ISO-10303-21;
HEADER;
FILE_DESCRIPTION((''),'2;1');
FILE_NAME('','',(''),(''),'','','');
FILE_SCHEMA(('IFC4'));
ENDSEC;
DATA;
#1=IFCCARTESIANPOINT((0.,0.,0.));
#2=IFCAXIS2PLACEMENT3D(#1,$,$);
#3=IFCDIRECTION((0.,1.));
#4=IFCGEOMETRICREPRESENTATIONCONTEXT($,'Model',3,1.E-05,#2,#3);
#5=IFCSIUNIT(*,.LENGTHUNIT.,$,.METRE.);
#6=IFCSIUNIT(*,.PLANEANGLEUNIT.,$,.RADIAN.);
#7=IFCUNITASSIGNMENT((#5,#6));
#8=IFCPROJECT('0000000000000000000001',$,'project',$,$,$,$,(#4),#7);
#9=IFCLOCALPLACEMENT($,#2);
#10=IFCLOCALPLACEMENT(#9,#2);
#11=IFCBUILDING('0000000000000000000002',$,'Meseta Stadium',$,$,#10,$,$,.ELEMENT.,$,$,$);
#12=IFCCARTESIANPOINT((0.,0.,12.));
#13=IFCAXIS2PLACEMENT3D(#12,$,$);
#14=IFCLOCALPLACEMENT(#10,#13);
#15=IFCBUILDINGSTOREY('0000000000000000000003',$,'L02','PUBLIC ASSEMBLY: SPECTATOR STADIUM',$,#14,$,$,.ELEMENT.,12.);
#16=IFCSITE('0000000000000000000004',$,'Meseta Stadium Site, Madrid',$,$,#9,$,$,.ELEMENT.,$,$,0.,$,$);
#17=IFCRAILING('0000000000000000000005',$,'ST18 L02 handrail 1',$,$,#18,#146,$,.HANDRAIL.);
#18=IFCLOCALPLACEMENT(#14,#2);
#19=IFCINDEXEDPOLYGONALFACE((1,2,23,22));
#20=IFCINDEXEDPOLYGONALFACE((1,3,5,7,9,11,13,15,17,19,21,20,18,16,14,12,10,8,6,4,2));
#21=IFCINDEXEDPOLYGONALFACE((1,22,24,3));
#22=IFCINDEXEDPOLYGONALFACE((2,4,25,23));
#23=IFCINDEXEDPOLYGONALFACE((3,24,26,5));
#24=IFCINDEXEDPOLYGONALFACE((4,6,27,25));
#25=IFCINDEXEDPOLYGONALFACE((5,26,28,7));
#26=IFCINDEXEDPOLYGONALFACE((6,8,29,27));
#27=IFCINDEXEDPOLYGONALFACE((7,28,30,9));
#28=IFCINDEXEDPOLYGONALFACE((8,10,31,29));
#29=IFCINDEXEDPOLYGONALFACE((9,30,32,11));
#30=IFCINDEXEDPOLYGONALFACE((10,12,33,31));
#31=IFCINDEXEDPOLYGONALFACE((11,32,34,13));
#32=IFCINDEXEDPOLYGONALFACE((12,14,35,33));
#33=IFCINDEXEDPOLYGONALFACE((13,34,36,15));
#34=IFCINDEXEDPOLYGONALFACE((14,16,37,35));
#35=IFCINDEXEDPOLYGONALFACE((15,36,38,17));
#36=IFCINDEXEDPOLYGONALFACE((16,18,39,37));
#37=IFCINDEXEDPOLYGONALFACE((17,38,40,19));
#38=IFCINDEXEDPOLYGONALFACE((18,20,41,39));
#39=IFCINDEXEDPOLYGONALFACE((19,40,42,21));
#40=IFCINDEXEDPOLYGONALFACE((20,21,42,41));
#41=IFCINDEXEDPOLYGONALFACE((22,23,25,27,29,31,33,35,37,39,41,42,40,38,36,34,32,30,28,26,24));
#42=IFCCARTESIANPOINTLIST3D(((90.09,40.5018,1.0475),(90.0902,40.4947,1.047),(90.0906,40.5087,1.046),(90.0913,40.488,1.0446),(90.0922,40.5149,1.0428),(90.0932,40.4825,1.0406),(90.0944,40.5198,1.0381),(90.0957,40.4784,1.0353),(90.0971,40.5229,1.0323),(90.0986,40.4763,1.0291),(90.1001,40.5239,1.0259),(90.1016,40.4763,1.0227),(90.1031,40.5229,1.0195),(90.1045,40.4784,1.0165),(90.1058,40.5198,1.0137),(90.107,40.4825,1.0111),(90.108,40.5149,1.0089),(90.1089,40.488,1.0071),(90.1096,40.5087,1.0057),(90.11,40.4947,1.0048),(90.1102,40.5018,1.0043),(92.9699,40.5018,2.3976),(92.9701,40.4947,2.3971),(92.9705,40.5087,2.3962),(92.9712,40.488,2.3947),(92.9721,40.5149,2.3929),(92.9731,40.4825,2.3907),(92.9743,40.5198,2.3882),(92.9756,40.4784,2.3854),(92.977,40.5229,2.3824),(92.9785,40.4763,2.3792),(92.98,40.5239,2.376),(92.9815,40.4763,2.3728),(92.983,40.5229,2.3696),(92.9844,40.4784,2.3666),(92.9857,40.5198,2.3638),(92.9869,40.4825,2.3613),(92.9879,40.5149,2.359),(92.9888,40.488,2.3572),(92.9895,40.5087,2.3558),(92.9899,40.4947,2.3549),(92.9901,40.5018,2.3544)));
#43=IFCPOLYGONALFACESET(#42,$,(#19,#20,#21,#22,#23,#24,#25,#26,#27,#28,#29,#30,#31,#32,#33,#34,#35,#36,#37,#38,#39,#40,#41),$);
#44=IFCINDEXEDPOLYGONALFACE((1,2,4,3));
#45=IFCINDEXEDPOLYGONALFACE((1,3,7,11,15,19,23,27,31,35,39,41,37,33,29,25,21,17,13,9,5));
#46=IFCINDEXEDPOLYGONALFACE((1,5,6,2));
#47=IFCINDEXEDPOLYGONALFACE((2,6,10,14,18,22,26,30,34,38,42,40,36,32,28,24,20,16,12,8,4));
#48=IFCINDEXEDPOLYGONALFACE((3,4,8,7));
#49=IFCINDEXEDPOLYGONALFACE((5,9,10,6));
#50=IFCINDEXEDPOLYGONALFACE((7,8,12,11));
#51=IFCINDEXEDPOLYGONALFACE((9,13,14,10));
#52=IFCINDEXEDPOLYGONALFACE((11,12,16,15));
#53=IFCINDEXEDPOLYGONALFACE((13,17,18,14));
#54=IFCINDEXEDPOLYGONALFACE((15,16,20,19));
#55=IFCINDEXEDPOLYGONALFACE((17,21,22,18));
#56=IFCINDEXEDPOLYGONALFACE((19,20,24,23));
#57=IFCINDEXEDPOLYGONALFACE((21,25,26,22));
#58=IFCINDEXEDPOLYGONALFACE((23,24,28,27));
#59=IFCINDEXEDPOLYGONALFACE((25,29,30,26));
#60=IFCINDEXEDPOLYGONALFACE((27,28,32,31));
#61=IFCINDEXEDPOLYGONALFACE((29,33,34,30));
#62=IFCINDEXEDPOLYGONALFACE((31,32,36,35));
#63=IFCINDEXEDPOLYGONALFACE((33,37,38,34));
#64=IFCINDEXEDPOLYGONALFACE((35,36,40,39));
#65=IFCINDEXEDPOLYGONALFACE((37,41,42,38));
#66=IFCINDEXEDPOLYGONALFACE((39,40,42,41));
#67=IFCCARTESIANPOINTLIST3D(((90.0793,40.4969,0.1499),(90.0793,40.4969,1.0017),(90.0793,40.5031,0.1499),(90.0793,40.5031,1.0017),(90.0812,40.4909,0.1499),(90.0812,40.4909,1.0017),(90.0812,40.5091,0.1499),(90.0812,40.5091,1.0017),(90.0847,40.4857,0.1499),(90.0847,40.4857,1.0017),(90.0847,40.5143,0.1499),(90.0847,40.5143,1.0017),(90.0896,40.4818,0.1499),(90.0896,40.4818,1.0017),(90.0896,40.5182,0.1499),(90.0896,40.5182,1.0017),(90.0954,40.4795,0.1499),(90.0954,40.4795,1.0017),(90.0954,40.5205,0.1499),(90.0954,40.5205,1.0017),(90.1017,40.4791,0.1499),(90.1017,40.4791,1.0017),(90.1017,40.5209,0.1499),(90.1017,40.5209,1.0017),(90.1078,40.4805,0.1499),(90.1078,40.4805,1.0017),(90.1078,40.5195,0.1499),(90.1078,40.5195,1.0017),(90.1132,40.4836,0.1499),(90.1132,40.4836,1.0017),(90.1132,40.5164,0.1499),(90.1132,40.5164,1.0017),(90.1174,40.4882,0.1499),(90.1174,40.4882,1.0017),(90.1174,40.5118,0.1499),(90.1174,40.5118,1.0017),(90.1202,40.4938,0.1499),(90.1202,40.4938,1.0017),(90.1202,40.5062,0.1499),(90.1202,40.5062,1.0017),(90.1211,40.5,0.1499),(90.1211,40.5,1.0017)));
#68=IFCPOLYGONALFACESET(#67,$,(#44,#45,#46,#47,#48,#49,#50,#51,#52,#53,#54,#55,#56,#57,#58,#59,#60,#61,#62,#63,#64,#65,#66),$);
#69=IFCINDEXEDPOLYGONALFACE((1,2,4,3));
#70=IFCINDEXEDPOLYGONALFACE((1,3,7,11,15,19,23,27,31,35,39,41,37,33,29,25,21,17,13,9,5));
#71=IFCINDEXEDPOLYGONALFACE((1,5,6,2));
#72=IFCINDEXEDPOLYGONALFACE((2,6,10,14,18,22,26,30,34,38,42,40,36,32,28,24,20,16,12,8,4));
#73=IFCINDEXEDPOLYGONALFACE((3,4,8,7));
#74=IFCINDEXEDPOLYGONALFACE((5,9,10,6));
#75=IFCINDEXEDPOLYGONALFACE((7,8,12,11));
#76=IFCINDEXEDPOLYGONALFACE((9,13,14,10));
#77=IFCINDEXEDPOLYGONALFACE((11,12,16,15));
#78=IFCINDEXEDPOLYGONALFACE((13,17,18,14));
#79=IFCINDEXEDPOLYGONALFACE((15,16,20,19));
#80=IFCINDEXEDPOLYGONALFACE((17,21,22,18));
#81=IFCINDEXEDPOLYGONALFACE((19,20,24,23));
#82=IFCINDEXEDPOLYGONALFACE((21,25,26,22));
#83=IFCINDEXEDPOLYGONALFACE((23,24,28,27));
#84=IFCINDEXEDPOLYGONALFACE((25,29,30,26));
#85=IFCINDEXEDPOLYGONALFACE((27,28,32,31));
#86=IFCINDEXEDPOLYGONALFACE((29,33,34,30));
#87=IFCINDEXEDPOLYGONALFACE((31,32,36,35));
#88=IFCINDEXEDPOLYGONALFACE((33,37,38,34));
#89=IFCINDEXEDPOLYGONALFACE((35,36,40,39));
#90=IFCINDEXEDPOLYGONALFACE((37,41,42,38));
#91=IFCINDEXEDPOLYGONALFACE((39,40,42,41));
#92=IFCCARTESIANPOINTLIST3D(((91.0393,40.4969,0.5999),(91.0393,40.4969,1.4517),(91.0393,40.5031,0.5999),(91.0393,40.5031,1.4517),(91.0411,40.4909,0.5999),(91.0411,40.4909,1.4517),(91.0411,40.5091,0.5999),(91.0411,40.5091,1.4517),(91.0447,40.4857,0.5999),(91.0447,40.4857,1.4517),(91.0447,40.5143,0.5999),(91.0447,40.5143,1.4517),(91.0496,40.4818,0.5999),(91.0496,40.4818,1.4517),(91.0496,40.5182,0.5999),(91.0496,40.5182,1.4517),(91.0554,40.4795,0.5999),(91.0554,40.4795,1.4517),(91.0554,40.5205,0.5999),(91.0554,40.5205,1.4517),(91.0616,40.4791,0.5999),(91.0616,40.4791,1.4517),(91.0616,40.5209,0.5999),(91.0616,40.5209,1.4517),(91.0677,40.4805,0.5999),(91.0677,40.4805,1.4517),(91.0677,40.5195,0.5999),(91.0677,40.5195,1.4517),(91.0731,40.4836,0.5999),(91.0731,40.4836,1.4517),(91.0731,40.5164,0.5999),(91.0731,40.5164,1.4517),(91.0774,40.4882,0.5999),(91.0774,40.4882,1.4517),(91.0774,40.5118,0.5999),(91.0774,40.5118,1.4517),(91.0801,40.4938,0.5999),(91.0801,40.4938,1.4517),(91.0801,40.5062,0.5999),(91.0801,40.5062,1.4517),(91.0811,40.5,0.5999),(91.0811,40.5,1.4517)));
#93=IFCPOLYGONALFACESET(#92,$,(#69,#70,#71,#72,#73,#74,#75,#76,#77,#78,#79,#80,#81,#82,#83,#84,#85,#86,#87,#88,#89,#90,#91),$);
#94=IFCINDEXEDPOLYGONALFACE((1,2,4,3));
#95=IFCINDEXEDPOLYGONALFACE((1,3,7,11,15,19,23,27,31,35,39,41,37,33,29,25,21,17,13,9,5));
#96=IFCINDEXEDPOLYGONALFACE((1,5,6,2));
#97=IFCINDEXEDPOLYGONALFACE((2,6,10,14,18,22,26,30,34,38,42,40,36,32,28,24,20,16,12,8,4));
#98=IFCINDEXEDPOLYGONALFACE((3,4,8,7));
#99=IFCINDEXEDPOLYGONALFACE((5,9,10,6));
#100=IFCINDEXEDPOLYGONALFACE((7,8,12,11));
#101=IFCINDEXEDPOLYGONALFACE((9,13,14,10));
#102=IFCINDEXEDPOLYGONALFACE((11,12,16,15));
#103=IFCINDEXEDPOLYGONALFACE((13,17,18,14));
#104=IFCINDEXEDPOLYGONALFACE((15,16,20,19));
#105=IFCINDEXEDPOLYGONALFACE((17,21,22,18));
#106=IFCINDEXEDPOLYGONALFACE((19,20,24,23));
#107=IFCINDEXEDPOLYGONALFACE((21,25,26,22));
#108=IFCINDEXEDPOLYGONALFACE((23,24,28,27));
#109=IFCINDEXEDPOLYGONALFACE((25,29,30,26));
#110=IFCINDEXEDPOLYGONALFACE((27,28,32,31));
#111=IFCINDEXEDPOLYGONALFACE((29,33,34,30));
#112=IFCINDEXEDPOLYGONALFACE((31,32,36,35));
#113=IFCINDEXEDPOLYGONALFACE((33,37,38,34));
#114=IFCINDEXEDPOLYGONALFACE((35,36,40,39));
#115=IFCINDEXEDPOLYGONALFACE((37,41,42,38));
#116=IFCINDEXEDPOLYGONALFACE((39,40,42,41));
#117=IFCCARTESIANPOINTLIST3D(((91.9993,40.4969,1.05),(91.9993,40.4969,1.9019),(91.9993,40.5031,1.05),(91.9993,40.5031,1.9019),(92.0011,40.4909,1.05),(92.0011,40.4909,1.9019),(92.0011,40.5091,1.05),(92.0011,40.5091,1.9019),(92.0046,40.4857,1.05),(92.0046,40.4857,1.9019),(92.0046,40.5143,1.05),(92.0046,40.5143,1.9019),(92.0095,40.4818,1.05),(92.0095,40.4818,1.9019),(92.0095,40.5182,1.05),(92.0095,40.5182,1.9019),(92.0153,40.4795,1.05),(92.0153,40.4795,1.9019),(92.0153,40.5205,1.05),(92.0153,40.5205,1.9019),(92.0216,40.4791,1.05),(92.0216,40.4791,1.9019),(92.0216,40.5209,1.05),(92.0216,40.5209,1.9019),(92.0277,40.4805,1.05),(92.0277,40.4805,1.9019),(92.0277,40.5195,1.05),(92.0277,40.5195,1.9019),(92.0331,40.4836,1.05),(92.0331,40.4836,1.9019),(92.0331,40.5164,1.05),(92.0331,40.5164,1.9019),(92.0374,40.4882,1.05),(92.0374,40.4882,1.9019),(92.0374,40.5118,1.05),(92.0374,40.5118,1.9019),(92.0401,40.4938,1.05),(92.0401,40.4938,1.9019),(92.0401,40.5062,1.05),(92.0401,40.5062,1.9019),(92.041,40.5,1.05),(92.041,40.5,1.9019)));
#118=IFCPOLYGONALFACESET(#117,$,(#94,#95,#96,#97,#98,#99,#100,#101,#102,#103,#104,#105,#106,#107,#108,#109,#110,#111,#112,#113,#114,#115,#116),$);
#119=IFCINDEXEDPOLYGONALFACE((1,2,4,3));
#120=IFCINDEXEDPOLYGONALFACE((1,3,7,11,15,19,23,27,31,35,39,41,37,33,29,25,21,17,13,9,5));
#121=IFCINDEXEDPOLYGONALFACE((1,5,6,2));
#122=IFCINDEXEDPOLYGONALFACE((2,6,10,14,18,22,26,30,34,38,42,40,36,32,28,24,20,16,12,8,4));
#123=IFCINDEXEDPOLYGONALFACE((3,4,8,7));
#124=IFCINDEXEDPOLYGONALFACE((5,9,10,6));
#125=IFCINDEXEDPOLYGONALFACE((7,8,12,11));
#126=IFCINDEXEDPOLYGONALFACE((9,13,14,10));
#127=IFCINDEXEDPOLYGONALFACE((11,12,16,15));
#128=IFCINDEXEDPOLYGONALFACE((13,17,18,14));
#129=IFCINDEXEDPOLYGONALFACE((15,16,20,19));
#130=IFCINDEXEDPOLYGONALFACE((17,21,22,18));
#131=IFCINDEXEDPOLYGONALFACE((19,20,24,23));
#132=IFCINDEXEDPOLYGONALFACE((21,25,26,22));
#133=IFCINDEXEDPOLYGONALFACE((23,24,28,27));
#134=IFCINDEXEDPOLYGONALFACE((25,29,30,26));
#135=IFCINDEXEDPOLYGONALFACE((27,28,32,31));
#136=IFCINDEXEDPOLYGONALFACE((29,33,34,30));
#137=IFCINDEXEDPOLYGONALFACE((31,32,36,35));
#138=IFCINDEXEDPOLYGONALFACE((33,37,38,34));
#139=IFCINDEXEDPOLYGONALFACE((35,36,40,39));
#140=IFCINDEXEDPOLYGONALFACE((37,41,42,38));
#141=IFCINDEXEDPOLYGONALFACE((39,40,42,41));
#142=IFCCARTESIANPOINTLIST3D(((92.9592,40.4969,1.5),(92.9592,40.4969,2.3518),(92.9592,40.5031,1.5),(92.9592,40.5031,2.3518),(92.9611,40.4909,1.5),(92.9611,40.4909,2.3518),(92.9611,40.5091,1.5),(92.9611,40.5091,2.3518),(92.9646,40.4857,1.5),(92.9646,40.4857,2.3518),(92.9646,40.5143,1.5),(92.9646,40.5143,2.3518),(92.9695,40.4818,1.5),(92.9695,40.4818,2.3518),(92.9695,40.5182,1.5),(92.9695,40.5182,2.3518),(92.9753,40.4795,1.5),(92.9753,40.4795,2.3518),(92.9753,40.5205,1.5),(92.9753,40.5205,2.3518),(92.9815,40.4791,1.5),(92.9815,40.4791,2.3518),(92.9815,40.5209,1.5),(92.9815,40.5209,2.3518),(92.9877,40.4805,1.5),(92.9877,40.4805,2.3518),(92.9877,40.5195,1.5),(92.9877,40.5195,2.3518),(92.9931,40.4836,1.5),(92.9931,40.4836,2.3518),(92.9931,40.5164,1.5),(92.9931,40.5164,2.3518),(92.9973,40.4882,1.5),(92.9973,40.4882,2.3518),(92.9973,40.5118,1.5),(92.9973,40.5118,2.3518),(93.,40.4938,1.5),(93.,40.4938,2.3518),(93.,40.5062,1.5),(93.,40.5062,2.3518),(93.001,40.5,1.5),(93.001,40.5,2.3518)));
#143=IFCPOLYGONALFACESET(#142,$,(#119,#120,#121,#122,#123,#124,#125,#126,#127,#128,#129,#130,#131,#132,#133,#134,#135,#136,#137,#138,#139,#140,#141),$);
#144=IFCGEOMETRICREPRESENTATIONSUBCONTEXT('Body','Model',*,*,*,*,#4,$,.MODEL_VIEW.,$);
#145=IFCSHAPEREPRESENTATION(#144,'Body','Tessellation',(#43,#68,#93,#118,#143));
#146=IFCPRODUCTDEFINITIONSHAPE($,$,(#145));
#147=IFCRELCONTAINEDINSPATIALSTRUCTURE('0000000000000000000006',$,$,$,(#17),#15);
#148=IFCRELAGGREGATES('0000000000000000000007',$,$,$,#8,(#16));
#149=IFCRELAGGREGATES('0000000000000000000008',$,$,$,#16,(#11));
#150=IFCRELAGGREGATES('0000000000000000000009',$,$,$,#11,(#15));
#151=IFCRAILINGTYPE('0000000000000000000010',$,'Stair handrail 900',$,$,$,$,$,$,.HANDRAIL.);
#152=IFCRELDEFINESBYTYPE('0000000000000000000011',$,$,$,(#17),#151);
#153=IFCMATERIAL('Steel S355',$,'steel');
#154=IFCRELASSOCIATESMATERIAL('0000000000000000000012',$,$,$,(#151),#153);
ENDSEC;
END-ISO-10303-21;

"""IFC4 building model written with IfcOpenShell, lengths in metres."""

from ifc_helpers import new_model, si_unit, direction, frame, origin, origin_2d, place, context, subcontext, project, spatial, circle, extrude, material, type_object, element, save


model = new_model("IFC4")

# Units and contexts
model_context = context("Model", 3, precision=1e-05, world=origin(), true_north=direction((0.0, 1.0)))
body_context = subcontext(model_context, "Body", "Model", "MODEL_VIEW")
ifc_project = project(units=[si_unit("LENGTHUNIT", "METRE"), si_unit("PLANEANGLEUNIT", "RADIAN")], contexts=[model_context])

# Site, building, storey
site_placement = place(None, origin())
site = spatial("IfcSite", under=ifc_project, at=site_placement, Name="Meseta Stadium Site, Madrid", CompositionType="ELEMENT", RefElevation=0.0)
building_placement = place(site_placement, origin())
building = spatial("IfcBuilding", under=site, at=building_placement, Name="Meseta Stadium", CompositionType="ELEMENT")
storey_placement = place(building_placement, frame((0.0, 0.0, 12.0)))
storey = spatial("IfcBuildingStorey", under=building, at=storey_placement, Name="L02", Description="PUBLIC ASSEMBLY: SPECTATOR STADIUM", CompositionType="ELEMENT", Elevation=12.0)

# Railing
ifc_material_1 = material(Name="Steel S355", Category="steel")
railing_type_1 = type_object("IfcRailingType", Name="Stair handrail 900", PredefinedType="HANDRAIL", material=ifc_material_1)
for number, where, name in (
    (1, (90.1001, 40.5, 0.1499), "ST18 L02 handrail 1"),
):
    element("IfcRailing", number, at=place(storey_placement, frame(where)), inside=storey, type_object=railing_type_1, Name=name, PredefinedType="HANDRAIL", context=body_context, shape_type="SweptSolid", body=[
        extrude(circle(Radius=0.0239, at=origin_2d()), frame((0.0, 0.0, 0.876), z_axis=(0.90544, 0.0, 0.424473), x_axis=(0.0, 1.0, 0.0)), (0.0, 0.0, 1.0), 3.1807),
        extrude(circle(Radius=0.021, at=origin_2d()), origin(), (0.0, 0.0, 1.0), 0.8518),
        extrude(circle(Radius=0.021, at=origin_2d()), frame((0.96, 0.0, 0.45)), (0.0, 0.0, 1.0), 0.8518),
        extrude(circle(Radius=0.021, at=origin_2d()), frame((1.9199, 0.0, 0.9001)), (0.0, 0.0, 1.0), 0.8518),
        extrude(circle(Radius=0.021, at=origin_2d()), frame((2.8799, 0.0, 1.3501)), (0.0, 0.0, 1.0), 0.8518),
    ])

save(model, "model.ifc")
